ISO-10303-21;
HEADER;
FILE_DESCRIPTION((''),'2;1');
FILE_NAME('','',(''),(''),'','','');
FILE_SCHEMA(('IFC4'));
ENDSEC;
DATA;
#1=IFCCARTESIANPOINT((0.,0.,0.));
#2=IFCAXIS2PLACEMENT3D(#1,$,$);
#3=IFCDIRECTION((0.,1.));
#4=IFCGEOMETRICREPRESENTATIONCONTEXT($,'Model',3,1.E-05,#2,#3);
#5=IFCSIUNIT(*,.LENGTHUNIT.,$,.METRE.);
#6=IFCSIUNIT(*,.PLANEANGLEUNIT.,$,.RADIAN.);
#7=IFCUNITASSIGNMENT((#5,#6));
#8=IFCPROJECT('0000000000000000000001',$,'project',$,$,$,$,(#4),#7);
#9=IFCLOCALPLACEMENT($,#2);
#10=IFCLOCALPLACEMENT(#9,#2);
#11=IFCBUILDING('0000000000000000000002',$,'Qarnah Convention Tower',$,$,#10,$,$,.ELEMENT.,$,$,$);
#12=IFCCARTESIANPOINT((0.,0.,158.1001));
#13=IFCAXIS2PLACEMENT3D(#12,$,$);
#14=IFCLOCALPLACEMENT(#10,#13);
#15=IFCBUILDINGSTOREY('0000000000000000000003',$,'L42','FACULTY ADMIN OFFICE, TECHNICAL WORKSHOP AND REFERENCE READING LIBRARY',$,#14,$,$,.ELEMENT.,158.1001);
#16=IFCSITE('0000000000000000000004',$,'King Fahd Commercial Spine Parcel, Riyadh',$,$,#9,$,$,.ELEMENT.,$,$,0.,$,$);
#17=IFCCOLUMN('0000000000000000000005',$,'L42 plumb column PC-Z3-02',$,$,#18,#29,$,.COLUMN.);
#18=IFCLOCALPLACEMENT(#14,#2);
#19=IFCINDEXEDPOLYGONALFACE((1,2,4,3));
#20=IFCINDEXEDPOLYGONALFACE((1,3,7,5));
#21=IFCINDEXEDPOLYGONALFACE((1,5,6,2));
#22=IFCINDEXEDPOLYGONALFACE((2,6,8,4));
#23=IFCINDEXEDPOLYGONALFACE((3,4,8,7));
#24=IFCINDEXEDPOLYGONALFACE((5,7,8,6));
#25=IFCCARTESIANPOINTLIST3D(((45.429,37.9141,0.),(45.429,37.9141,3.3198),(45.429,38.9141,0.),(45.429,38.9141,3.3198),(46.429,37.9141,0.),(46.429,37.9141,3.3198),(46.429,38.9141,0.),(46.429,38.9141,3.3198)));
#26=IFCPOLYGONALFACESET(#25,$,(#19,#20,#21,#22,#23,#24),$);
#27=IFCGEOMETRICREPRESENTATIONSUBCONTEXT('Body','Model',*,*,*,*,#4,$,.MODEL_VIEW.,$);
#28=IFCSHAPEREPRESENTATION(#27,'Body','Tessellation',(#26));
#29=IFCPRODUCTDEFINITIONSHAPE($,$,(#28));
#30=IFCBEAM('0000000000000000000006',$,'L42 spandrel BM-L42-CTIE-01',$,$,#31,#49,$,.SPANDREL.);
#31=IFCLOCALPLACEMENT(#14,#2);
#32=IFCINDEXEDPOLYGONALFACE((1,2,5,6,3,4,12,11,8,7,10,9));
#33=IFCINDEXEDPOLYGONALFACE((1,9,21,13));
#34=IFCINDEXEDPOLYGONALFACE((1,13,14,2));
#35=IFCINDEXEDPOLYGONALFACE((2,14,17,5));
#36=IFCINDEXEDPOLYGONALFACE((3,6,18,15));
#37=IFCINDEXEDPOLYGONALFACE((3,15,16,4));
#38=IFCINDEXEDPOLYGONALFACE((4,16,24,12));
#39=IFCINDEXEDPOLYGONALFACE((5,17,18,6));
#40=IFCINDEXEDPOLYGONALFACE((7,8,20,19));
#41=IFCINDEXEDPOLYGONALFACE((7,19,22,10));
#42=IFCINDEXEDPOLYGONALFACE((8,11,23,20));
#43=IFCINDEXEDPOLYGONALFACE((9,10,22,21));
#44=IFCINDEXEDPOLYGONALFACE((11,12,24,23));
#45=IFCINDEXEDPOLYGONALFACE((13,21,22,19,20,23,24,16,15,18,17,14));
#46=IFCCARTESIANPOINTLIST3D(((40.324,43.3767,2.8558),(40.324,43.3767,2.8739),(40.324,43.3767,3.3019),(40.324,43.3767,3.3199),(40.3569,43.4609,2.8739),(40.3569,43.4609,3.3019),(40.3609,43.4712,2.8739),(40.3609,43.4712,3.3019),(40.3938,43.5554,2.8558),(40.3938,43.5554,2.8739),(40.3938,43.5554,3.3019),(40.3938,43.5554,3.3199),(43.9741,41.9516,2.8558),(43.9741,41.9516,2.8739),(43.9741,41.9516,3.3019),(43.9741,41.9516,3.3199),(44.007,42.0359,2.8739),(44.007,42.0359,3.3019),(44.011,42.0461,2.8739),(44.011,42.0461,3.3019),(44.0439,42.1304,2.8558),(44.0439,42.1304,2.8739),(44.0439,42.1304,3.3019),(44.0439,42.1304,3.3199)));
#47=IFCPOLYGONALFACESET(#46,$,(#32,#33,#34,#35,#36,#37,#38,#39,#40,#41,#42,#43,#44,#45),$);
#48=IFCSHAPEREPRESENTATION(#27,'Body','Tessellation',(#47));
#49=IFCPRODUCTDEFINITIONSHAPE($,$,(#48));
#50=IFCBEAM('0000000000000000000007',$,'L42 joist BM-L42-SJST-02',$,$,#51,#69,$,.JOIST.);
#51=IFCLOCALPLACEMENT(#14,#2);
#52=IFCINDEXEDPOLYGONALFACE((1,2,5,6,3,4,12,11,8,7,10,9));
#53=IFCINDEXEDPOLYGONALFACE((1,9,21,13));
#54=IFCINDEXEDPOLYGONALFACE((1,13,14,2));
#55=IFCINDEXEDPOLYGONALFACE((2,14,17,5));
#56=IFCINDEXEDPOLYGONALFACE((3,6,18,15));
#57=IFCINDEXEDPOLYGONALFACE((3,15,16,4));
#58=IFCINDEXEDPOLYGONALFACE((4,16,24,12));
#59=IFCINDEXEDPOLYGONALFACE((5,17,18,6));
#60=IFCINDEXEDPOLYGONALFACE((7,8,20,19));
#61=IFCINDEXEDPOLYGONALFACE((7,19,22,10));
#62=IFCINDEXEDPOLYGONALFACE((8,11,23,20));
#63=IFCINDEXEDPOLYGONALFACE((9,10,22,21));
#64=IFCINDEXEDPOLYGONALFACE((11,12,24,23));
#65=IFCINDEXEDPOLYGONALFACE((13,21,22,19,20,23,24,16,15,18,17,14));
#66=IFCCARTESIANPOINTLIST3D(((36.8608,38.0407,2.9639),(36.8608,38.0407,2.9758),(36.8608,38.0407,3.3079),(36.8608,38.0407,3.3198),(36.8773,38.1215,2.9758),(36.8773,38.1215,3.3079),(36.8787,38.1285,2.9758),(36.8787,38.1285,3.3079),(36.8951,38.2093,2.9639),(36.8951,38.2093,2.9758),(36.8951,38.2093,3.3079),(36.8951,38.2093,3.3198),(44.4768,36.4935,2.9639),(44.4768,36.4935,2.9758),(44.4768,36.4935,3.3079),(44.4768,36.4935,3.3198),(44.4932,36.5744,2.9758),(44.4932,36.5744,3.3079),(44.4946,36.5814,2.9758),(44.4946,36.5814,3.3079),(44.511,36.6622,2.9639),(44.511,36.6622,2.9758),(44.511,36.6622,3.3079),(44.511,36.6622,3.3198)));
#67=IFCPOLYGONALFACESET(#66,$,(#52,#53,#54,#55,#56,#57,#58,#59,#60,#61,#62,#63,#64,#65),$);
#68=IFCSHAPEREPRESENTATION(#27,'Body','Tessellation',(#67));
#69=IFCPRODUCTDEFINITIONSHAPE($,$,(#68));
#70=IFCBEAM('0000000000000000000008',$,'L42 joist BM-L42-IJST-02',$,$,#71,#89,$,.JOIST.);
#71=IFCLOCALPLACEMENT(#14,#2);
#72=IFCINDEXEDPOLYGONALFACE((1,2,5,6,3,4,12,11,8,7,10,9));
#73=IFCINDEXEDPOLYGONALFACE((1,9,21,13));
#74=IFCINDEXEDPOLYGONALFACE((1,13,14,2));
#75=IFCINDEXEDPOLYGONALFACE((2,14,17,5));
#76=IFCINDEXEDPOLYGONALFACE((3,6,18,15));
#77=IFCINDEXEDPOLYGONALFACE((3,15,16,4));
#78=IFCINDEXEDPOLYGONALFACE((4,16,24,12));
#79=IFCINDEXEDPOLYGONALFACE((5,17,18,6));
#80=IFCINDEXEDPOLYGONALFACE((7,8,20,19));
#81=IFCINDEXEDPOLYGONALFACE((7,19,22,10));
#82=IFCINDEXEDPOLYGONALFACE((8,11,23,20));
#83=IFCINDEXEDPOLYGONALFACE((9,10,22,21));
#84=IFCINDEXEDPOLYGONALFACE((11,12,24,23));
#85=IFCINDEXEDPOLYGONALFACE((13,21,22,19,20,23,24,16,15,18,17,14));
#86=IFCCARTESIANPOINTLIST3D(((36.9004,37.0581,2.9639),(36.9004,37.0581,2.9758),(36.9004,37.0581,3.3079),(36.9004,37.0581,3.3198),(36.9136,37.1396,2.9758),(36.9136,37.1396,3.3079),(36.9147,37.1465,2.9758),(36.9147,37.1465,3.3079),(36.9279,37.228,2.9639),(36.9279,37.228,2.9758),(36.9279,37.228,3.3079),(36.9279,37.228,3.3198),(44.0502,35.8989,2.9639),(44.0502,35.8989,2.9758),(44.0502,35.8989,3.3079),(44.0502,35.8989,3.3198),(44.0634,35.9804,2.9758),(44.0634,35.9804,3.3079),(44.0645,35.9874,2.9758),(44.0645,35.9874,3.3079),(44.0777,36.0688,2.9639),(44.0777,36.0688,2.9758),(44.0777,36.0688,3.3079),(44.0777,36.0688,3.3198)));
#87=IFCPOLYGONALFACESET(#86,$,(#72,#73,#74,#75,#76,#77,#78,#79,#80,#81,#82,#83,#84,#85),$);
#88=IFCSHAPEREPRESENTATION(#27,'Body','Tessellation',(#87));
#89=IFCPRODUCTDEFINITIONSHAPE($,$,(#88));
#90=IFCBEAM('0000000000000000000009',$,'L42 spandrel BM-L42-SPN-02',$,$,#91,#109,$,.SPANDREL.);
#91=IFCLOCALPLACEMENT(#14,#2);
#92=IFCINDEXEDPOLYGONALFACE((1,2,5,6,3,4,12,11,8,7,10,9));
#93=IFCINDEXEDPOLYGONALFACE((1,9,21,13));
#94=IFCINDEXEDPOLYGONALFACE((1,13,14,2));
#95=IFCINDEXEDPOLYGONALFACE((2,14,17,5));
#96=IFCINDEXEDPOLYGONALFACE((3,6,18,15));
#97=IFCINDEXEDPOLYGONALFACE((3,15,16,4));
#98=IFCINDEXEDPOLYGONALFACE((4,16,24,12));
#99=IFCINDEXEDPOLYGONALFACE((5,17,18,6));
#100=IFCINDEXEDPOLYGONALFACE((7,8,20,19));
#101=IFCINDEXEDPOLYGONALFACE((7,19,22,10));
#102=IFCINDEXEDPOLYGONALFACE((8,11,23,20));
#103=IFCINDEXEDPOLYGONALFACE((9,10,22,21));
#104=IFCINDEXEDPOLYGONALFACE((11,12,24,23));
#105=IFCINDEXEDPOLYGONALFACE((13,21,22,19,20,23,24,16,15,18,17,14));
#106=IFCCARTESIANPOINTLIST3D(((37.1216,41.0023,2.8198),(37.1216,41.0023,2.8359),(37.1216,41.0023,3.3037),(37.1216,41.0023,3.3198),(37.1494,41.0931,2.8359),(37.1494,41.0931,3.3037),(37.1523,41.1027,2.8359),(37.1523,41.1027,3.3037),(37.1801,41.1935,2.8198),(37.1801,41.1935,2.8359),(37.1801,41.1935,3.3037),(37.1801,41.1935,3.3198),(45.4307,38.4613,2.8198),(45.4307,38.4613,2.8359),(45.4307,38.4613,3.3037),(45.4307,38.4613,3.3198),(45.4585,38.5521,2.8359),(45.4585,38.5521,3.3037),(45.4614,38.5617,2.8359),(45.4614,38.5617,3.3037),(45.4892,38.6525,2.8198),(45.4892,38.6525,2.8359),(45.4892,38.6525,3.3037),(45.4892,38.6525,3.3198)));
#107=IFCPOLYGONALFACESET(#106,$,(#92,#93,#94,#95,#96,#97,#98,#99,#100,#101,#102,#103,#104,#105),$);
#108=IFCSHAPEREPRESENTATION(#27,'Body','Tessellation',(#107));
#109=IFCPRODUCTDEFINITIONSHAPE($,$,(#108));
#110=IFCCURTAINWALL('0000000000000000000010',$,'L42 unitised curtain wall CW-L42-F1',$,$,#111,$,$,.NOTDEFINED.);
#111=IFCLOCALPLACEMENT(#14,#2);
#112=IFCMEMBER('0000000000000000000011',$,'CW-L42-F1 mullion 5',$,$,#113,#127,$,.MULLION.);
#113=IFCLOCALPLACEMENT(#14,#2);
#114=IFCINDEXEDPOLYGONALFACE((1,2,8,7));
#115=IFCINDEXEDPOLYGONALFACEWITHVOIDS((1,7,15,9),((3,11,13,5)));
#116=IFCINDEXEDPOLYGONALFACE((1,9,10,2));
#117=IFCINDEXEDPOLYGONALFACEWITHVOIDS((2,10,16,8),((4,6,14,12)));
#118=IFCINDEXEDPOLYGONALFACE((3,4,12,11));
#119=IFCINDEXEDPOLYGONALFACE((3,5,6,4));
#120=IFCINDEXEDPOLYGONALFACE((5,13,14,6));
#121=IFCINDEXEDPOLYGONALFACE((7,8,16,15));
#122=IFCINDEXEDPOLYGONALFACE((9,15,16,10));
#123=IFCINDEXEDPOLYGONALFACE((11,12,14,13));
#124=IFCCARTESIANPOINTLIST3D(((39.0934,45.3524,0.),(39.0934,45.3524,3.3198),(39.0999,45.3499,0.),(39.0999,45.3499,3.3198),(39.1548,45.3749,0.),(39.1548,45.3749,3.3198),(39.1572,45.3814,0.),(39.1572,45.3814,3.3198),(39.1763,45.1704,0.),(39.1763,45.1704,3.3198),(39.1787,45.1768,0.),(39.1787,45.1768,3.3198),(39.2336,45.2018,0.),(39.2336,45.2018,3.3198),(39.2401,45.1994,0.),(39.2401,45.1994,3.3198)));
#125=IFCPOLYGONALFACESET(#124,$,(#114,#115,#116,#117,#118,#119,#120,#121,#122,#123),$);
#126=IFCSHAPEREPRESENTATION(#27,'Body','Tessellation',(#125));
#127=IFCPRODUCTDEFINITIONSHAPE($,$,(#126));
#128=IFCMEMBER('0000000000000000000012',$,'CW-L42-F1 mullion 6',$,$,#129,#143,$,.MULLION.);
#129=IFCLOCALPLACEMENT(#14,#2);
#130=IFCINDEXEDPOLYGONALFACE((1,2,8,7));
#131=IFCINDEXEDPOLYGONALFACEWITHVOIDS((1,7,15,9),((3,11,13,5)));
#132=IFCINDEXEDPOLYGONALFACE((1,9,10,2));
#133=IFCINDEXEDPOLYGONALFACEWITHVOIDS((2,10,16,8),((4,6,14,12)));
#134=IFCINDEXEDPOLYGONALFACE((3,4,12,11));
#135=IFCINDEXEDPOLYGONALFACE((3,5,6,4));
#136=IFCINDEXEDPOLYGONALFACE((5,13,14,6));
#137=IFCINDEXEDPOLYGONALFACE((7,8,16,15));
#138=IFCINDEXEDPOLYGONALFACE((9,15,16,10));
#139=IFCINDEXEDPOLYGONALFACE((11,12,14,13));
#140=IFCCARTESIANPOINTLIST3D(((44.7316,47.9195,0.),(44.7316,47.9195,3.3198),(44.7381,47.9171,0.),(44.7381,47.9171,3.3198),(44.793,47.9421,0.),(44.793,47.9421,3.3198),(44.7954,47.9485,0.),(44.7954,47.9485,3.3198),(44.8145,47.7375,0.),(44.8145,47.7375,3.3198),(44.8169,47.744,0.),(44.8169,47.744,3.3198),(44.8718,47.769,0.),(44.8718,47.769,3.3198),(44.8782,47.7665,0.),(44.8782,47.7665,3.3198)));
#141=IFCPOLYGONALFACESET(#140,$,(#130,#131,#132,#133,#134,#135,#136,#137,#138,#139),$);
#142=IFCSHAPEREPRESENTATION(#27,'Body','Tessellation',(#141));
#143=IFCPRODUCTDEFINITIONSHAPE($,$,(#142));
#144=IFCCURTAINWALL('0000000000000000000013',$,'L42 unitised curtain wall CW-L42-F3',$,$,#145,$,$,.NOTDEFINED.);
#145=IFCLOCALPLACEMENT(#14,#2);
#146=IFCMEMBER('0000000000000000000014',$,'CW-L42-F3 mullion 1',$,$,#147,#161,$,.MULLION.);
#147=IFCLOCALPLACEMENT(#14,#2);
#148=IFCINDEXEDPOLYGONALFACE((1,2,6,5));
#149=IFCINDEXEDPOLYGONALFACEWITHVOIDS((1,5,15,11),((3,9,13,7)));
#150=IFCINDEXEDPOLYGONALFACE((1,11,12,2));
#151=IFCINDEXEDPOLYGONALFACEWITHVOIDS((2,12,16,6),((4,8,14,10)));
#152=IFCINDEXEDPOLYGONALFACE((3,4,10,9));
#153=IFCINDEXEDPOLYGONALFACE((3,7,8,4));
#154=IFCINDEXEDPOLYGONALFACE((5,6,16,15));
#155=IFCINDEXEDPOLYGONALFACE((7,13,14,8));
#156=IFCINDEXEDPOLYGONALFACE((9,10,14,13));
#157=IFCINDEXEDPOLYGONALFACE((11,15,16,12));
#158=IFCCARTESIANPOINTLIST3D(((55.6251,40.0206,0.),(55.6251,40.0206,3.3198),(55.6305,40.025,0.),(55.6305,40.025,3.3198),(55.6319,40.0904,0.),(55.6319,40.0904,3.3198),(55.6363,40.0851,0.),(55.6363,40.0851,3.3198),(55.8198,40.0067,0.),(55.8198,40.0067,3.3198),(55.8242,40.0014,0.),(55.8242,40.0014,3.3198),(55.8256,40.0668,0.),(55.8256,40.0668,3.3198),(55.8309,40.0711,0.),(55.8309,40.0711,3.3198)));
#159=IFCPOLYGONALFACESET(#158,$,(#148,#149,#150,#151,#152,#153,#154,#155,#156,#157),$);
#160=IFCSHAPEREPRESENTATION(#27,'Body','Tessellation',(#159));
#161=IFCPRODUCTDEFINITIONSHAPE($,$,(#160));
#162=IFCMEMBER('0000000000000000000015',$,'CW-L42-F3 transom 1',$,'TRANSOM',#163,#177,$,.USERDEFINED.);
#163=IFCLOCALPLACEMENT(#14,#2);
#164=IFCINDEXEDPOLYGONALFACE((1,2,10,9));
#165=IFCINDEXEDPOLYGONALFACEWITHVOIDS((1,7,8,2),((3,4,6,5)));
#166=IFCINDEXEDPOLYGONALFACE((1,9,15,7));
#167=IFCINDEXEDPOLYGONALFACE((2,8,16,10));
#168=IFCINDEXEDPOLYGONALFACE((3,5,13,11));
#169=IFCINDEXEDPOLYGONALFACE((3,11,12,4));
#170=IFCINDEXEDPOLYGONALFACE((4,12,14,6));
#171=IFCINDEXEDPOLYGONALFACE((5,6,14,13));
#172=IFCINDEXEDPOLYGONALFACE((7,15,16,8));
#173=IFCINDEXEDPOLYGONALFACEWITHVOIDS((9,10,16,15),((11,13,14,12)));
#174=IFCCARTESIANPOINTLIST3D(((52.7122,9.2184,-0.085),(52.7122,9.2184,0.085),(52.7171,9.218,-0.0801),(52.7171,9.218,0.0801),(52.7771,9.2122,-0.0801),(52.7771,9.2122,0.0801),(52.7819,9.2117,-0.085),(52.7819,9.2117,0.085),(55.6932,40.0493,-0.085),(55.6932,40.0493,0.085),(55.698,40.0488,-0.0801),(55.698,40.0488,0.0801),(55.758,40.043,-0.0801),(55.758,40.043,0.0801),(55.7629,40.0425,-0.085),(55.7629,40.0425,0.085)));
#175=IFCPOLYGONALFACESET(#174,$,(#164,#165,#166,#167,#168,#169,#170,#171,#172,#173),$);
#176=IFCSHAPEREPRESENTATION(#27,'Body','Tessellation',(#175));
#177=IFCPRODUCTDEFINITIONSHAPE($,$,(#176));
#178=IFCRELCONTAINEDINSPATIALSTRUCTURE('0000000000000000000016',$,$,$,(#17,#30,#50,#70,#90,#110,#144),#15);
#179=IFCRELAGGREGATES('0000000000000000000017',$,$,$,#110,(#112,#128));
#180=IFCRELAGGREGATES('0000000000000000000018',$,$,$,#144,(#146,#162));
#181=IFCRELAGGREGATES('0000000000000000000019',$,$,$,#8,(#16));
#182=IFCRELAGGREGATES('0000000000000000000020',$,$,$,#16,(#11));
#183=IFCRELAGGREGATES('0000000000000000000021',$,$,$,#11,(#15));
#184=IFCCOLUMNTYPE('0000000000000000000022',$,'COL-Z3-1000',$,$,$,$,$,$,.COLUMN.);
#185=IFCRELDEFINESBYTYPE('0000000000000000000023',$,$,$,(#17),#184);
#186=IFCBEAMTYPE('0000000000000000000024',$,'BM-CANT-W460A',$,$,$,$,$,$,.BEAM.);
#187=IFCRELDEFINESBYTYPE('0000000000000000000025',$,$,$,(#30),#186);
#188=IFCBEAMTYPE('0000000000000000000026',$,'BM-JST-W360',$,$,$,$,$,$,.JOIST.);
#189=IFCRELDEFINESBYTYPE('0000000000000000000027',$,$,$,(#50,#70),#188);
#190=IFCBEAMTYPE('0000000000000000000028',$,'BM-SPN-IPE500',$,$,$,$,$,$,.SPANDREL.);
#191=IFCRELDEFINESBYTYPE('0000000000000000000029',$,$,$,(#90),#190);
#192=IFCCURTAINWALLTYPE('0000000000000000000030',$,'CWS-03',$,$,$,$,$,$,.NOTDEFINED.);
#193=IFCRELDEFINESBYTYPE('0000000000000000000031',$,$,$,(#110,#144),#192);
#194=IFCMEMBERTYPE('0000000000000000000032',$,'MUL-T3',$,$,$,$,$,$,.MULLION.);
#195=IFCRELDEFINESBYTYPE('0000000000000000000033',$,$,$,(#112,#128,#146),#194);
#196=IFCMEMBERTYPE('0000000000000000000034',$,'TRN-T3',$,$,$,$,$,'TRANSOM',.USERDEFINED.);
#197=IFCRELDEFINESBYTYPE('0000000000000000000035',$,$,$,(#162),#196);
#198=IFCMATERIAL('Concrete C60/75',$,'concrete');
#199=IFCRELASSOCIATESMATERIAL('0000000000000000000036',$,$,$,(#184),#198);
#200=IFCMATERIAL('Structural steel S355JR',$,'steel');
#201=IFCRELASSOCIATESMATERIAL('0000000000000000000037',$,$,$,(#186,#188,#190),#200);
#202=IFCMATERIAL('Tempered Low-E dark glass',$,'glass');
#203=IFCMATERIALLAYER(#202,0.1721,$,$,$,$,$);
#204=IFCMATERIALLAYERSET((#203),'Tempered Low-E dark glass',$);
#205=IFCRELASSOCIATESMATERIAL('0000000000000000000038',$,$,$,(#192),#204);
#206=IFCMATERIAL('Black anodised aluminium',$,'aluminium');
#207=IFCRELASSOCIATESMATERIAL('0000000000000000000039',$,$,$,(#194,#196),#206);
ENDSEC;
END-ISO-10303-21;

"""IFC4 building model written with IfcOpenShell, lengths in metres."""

from ifc_helpers import new_model, si_unit, direction, frame, origin, origin_2d, place, context, subcontext, project, spatial, rectangle, hollow_rectangle, i_section, extrude, material, layer, layer_set, material_profile, profile_set, type_object, element, aggregate, save


model = new_model("IFC4")

# Units and contexts
model_context = context("Model", 3, precision=1e-05, world=origin(), true_north=direction((0.0, 1.0)))
body_context = subcontext(model_context, "Body", "Model", "MODEL_VIEW")
ifc_project = project(units=[si_unit("LENGTHUNIT", "METRE"), si_unit("PLANEANGLEUNIT", "RADIAN")], contexts=[model_context])

# Site, building, storey
site_placement = place(None, origin())
site = spatial("IfcSite", under=ifc_project, at=site_placement, Name="King Fahd Commercial Spine Parcel, Riyadh", CompositionType="ELEMENT", RefElevation=0.0)
building_placement = place(site_placement, origin())
building = spatial("IfcBuilding", under=site, at=building_placement, Name="Qarnah Convention Tower", CompositionType="ELEMENT")
storey_placement = place(building_placement, frame((0.0, 0.0, 158.1001)))
storey = spatial("IfcBuildingStorey", under=building, at=storey_placement, Name="L42", Description="FACULTY ADMIN OFFICE, TECHNICAL WORKSHOP AND REFERENCE READING LIBRARY", CompositionType="ELEMENT", Elevation=158.1001)

# Column
ifc_material_1 = material(Name="Concrete C60/75", Category="concrete")
ifc_material_profile_1 = material_profile(ifc_material_1, rectangle(XDim=1.0, YDim=1.0, at=origin_2d()), Name="RC-COL-1000X1000")
ifc_profile_set_1 = profile_set([ifc_material_profile_1], Name="Concrete C60/75")
column_type = type_object("IfcColumnType", Name="COL-Z3-1000", PredefinedType="COLUMN", material=ifc_profile_set_1)
column_placement = place(storey_placement, frame((45.929, 38.4141, 0.0), z_axis=(0.0, 0.0, 1.0), x_axis=(1.0, 0.0, 0.0)))
element("IfcColumn", 1, at=column_placement, inside=storey, type_object=column_type, Name="L42 plumb column PC-Z3-02", PredefinedType="COLUMN", context=body_context, shape_type="SweptSolid", body=[
    extrude(rectangle(XDim=1.0, YDim=1.0, at=origin_2d()), origin(), (0.0, 0.0, 1.0), 3.3198),
])

# Beams
ifc_material_2 = material(Name="Structural steel S355JR", Category="steel")
ifc_material_profile_2 = material_profile(ifc_material_2, i_section(OverallWidth=0.1919, OverallDepth=0.4641, WebThickness=0.011, FlangeThickness=0.0181, at=origin_2d()), Name="W460X89")
ifc_profile_set_2 = profile_set([ifc_material_profile_2], Name="Structural steel S355JR")
beam_type_1 = type_object("IfcBeamType", Name="BM-CANT-W460A", PredefinedType="BEAM", material=ifc_profile_set_2)
beam_1_placement = place(storey_placement, frame((44.009, 42.041, 3.0879), z_axis=(-0.931526, 0.363676, 0.0), x_axis=(-0.363676, -0.931526, 0.0)))
element("IfcBeam", 2, at=beam_1_placement, inside=storey, type_object=beam_type_1, Name="L42 spandrel BM-L42-CTIE-01", PredefinedType="SPANDREL", context=body_context, shape_type="SweptSolid", body=[
    extrude(i_section(OverallWidth=0.1919, OverallDepth=0.4641, WebThickness=0.011, FlangeThickness=0.0181, at=origin_2d()), origin(), (0.0, 0.0, 1.0), 3.9185),
])
ifc_material_profile_3 = material_profile(ifc_material_2, i_section(OverallWidth=0.1721, OverallDepth=0.356, WebThickness=0.0071, FlangeThickness=0.012, at=origin_2d()), Name="W360X51")
ifc_profile_set_3 = profile_set([ifc_material_profile_3], Name="Structural steel S355JR")
beam_type_2 = type_object("IfcBeamType", Name="BM-JST-W360", PredefinedType="JOIST", material=ifc_profile_set_3)
beam_2_placement = place(storey_placement, frame((44.4939, 36.5779, 3.1418), z_axis=(-0.979984, 0.199075, 0.0), x_axis=(-0.199075, -0.979984, 0.0)))
element("IfcBeam", 3, at=beam_2_placement, inside=storey, type_object=beam_type_2, Name="L42 joist BM-L42-SJST-02", PredefinedType="JOIST", context=body_context, shape_type="SweptSolid", body=[
    extrude(i_section(OverallWidth=0.1721, OverallDepth=0.356, WebThickness=0.0071, FlangeThickness=0.012, at=origin_2d()), origin(), (0.0, 0.0, 1.0), 7.7715),
])
beam_3_placement = place(storey_placement, frame((44.064, 35.9839, 3.1418), z_axis=(-0.987111, 0.160036, 0.0), x_axis=(-0.160036, -0.987111, 0.0)))
element("IfcBeam", 4, at=beam_3_placement, inside=storey, type_object=beam_type_2, Name="L42 joist BM-L42-IJST-02", PredefinedType="JOIST", context=body_context, shape_type="SweptSolid", body=[
    extrude(i_section(OverallWidth=0.1721, OverallDepth=0.356, WebThickness=0.0071, FlangeThickness=0.012, at=origin_2d()), origin(), (0.0, 0.0, 1.0), 7.2432),
])
ifc_material_profile_4 = material_profile(ifc_material_2, i_section(OverallWidth=0.2, OverallDepth=0.5, WebThickness=0.01, FlangeThickness=0.0161, at=origin_2d()), Name="IPE500")
ifc_profile_set_4 = profile_set([ifc_material_profile_4], Name="Structural steel S355JR")
beam_type_3 = type_object("IfcBeamType", Name="BM-SPN-IPE500", PredefinedType="SPANDREL", material=ifc_profile_set_4)
beam_4_placement = place(storey_placement, frame((45.46, 38.5569, 3.0698), z_axis=(-0.956283, 0.292443, 0.0), x_axis=(-0.292443, -0.956283, 0.0)))
element("IfcBeam", 5, at=beam_4_placement, inside=storey, type_object=beam_type_3, Name="L42 spandrel BM-L42-SPN-02", PredefinedType="SPANDREL", context=body_context, shape_type="SweptSolid", body=[
    extrude(i_section(OverallWidth=0.2, OverallDepth=0.5, WebThickness=0.01, FlangeThickness=0.0161, at=origin_2d()), origin(), (0.0, 0.0, 1.0), 8.689),
])

# Curtain walls, members
ifc_material_3 = material(Name="Tempered Low-E dark glass", Category="glass")
ifc_layer_1 = layer(ifc_material_3, 0.1721)
ifc_layer_set_1 = layer_set([ifc_layer_1], Name="Tempered Low-E dark glass")
curtain_wall_type = type_object("IfcCurtainWallType", Name="CWS-03", PredefinedType="NOTDEFINED", material=ifc_layer_set_1)
curtain_wall_1_placement = place(storey_placement, origin())
curtain_wall_1 = element("IfcCurtainWall", 6, at=curtain_wall_1_placement, inside=storey, type_object=curtain_wall_type, Name="L42 unitised curtain wall CW-L42-F1", PredefinedType="NOTDEFINED")
ifc_material_4 = material(Name="Black anodised aluminium", Category="aluminium")
ifc_material_profile_5 = material_profile(ifc_material_4, hollow_rectangle(XDim=0.0701, YDim=0.2, WallThickness=0.0049, at=origin_2d()), Name="MUL-70X200")
ifc_profile_set_5 = profile_set([ifc_material_profile_5], Name="Black anodised aluminium")
member_type_1 = type_object("IfcMemberType", Name="MUL-T3", PredefinedType="MULLION", material=ifc_profile_set_5)
member_1_placement = place(storey_placement, frame((39.1667, 45.2759, 0.0), z_axis=(0.0, 0.0, 1.0), x_axis=(0.910112, 0.414362, 0.0)))
member_1 = element("IfcMember", 7, at=member_1_placement, type_object=member_type_1, Name="CW-L42-F1 mullion 5", PredefinedType="MULLION", context=body_context, shape_type="SweptSolid", body=[
    extrude(hollow_rectangle(XDim=0.0701, YDim=0.2, WallThickness=0.0049, at=origin_2d()), origin(), (0.0, 0.0, 1.0), 3.3198),
])
member_2_placement = place(storey_placement, frame((44.8049, 47.843, 0.0), z_axis=(0.0, 0.0, 1.0), x_axis=(0.910112, 0.414362, 0.0)))
member_2 = element("IfcMember", 8, at=member_2_placement, type_object=member_type_1, Name="CW-L42-F1 mullion 6", PredefinedType="MULLION", context=body_context, shape_type="SweptSolid", body=[
    extrude(hollow_rectangle(XDim=0.0701, YDim=0.2, WallThickness=0.0049, at=origin_2d()), origin(), (0.0, 0.0, 1.0), 3.3198),
])
curtain_wall_2_placement = place(storey_placement, origin())
curtain_wall_2 = element("IfcCurtainWall", 9, at=curtain_wall_2_placement, inside=storey, type_object=curtain_wall_type, Name="L42 unitised curtain wall CW-L42-F3", PredefinedType="NOTDEFINED")
member_3_placement = place(storey_placement, frame((55.728, 40.0459, 0.0), z_axis=(0.0, 0.0, 1.0), x_axis=(-0.09624, -0.995358, 0.0)))
member_3 = element("IfcMember", 10, at=member_3_placement, type_object=member_type_1, Name="CW-L42-F3 mullion 1", PredefinedType="MULLION", context=body_context, shape_type="SweptSolid", body=[
    extrude(hollow_rectangle(XDim=0.0701, YDim=0.2, WallThickness=0.0049, at=origin_2d()), origin(), (0.0, 0.0, 1.0), 3.3198),
])
ifc_material_profile_6 = material_profile(ifc_material_4, hollow_rectangle(XDim=0.0701, YDim=0.1699, WallThickness=0.0049, at=origin_2d()), Name="TRN-70X170")
ifc_profile_set_6 = profile_set([ifc_material_profile_6], Name="Black anodised aluminium")
member_type_2 = type_object("IfcMemberType", Name="TRN-T3", ElementType="TRANSOM", PredefinedType="USERDEFINED", material=ifc_profile_set_6)
member_4_placement = place(storey_placement, frame((55.728, 40.0459, 0.0), z_axis=(-0.096239, -0.995358, 0.0), x_axis=(0.995358, -0.096239, 0.0)))
member_4 = element("IfcMember", 11, at=member_4_placement, type_object=member_type_2, Name="CW-L42-F3 transom 1", ObjectType="TRANSOM", PredefinedType="USERDEFINED", context=body_context, shape_type="SweptSolid", body=[
    extrude(hollow_rectangle(XDim=0.0701, YDim=0.1699, WallThickness=0.0049, at=origin_2d()), origin(), (0.0, 0.0, 1.0), 30.9746),
])

aggregate(curtain_wall_1, [member_1, member_2])
aggregate(curtain_wall_2, [member_3, member_4])

save(model, "model.ifc")
